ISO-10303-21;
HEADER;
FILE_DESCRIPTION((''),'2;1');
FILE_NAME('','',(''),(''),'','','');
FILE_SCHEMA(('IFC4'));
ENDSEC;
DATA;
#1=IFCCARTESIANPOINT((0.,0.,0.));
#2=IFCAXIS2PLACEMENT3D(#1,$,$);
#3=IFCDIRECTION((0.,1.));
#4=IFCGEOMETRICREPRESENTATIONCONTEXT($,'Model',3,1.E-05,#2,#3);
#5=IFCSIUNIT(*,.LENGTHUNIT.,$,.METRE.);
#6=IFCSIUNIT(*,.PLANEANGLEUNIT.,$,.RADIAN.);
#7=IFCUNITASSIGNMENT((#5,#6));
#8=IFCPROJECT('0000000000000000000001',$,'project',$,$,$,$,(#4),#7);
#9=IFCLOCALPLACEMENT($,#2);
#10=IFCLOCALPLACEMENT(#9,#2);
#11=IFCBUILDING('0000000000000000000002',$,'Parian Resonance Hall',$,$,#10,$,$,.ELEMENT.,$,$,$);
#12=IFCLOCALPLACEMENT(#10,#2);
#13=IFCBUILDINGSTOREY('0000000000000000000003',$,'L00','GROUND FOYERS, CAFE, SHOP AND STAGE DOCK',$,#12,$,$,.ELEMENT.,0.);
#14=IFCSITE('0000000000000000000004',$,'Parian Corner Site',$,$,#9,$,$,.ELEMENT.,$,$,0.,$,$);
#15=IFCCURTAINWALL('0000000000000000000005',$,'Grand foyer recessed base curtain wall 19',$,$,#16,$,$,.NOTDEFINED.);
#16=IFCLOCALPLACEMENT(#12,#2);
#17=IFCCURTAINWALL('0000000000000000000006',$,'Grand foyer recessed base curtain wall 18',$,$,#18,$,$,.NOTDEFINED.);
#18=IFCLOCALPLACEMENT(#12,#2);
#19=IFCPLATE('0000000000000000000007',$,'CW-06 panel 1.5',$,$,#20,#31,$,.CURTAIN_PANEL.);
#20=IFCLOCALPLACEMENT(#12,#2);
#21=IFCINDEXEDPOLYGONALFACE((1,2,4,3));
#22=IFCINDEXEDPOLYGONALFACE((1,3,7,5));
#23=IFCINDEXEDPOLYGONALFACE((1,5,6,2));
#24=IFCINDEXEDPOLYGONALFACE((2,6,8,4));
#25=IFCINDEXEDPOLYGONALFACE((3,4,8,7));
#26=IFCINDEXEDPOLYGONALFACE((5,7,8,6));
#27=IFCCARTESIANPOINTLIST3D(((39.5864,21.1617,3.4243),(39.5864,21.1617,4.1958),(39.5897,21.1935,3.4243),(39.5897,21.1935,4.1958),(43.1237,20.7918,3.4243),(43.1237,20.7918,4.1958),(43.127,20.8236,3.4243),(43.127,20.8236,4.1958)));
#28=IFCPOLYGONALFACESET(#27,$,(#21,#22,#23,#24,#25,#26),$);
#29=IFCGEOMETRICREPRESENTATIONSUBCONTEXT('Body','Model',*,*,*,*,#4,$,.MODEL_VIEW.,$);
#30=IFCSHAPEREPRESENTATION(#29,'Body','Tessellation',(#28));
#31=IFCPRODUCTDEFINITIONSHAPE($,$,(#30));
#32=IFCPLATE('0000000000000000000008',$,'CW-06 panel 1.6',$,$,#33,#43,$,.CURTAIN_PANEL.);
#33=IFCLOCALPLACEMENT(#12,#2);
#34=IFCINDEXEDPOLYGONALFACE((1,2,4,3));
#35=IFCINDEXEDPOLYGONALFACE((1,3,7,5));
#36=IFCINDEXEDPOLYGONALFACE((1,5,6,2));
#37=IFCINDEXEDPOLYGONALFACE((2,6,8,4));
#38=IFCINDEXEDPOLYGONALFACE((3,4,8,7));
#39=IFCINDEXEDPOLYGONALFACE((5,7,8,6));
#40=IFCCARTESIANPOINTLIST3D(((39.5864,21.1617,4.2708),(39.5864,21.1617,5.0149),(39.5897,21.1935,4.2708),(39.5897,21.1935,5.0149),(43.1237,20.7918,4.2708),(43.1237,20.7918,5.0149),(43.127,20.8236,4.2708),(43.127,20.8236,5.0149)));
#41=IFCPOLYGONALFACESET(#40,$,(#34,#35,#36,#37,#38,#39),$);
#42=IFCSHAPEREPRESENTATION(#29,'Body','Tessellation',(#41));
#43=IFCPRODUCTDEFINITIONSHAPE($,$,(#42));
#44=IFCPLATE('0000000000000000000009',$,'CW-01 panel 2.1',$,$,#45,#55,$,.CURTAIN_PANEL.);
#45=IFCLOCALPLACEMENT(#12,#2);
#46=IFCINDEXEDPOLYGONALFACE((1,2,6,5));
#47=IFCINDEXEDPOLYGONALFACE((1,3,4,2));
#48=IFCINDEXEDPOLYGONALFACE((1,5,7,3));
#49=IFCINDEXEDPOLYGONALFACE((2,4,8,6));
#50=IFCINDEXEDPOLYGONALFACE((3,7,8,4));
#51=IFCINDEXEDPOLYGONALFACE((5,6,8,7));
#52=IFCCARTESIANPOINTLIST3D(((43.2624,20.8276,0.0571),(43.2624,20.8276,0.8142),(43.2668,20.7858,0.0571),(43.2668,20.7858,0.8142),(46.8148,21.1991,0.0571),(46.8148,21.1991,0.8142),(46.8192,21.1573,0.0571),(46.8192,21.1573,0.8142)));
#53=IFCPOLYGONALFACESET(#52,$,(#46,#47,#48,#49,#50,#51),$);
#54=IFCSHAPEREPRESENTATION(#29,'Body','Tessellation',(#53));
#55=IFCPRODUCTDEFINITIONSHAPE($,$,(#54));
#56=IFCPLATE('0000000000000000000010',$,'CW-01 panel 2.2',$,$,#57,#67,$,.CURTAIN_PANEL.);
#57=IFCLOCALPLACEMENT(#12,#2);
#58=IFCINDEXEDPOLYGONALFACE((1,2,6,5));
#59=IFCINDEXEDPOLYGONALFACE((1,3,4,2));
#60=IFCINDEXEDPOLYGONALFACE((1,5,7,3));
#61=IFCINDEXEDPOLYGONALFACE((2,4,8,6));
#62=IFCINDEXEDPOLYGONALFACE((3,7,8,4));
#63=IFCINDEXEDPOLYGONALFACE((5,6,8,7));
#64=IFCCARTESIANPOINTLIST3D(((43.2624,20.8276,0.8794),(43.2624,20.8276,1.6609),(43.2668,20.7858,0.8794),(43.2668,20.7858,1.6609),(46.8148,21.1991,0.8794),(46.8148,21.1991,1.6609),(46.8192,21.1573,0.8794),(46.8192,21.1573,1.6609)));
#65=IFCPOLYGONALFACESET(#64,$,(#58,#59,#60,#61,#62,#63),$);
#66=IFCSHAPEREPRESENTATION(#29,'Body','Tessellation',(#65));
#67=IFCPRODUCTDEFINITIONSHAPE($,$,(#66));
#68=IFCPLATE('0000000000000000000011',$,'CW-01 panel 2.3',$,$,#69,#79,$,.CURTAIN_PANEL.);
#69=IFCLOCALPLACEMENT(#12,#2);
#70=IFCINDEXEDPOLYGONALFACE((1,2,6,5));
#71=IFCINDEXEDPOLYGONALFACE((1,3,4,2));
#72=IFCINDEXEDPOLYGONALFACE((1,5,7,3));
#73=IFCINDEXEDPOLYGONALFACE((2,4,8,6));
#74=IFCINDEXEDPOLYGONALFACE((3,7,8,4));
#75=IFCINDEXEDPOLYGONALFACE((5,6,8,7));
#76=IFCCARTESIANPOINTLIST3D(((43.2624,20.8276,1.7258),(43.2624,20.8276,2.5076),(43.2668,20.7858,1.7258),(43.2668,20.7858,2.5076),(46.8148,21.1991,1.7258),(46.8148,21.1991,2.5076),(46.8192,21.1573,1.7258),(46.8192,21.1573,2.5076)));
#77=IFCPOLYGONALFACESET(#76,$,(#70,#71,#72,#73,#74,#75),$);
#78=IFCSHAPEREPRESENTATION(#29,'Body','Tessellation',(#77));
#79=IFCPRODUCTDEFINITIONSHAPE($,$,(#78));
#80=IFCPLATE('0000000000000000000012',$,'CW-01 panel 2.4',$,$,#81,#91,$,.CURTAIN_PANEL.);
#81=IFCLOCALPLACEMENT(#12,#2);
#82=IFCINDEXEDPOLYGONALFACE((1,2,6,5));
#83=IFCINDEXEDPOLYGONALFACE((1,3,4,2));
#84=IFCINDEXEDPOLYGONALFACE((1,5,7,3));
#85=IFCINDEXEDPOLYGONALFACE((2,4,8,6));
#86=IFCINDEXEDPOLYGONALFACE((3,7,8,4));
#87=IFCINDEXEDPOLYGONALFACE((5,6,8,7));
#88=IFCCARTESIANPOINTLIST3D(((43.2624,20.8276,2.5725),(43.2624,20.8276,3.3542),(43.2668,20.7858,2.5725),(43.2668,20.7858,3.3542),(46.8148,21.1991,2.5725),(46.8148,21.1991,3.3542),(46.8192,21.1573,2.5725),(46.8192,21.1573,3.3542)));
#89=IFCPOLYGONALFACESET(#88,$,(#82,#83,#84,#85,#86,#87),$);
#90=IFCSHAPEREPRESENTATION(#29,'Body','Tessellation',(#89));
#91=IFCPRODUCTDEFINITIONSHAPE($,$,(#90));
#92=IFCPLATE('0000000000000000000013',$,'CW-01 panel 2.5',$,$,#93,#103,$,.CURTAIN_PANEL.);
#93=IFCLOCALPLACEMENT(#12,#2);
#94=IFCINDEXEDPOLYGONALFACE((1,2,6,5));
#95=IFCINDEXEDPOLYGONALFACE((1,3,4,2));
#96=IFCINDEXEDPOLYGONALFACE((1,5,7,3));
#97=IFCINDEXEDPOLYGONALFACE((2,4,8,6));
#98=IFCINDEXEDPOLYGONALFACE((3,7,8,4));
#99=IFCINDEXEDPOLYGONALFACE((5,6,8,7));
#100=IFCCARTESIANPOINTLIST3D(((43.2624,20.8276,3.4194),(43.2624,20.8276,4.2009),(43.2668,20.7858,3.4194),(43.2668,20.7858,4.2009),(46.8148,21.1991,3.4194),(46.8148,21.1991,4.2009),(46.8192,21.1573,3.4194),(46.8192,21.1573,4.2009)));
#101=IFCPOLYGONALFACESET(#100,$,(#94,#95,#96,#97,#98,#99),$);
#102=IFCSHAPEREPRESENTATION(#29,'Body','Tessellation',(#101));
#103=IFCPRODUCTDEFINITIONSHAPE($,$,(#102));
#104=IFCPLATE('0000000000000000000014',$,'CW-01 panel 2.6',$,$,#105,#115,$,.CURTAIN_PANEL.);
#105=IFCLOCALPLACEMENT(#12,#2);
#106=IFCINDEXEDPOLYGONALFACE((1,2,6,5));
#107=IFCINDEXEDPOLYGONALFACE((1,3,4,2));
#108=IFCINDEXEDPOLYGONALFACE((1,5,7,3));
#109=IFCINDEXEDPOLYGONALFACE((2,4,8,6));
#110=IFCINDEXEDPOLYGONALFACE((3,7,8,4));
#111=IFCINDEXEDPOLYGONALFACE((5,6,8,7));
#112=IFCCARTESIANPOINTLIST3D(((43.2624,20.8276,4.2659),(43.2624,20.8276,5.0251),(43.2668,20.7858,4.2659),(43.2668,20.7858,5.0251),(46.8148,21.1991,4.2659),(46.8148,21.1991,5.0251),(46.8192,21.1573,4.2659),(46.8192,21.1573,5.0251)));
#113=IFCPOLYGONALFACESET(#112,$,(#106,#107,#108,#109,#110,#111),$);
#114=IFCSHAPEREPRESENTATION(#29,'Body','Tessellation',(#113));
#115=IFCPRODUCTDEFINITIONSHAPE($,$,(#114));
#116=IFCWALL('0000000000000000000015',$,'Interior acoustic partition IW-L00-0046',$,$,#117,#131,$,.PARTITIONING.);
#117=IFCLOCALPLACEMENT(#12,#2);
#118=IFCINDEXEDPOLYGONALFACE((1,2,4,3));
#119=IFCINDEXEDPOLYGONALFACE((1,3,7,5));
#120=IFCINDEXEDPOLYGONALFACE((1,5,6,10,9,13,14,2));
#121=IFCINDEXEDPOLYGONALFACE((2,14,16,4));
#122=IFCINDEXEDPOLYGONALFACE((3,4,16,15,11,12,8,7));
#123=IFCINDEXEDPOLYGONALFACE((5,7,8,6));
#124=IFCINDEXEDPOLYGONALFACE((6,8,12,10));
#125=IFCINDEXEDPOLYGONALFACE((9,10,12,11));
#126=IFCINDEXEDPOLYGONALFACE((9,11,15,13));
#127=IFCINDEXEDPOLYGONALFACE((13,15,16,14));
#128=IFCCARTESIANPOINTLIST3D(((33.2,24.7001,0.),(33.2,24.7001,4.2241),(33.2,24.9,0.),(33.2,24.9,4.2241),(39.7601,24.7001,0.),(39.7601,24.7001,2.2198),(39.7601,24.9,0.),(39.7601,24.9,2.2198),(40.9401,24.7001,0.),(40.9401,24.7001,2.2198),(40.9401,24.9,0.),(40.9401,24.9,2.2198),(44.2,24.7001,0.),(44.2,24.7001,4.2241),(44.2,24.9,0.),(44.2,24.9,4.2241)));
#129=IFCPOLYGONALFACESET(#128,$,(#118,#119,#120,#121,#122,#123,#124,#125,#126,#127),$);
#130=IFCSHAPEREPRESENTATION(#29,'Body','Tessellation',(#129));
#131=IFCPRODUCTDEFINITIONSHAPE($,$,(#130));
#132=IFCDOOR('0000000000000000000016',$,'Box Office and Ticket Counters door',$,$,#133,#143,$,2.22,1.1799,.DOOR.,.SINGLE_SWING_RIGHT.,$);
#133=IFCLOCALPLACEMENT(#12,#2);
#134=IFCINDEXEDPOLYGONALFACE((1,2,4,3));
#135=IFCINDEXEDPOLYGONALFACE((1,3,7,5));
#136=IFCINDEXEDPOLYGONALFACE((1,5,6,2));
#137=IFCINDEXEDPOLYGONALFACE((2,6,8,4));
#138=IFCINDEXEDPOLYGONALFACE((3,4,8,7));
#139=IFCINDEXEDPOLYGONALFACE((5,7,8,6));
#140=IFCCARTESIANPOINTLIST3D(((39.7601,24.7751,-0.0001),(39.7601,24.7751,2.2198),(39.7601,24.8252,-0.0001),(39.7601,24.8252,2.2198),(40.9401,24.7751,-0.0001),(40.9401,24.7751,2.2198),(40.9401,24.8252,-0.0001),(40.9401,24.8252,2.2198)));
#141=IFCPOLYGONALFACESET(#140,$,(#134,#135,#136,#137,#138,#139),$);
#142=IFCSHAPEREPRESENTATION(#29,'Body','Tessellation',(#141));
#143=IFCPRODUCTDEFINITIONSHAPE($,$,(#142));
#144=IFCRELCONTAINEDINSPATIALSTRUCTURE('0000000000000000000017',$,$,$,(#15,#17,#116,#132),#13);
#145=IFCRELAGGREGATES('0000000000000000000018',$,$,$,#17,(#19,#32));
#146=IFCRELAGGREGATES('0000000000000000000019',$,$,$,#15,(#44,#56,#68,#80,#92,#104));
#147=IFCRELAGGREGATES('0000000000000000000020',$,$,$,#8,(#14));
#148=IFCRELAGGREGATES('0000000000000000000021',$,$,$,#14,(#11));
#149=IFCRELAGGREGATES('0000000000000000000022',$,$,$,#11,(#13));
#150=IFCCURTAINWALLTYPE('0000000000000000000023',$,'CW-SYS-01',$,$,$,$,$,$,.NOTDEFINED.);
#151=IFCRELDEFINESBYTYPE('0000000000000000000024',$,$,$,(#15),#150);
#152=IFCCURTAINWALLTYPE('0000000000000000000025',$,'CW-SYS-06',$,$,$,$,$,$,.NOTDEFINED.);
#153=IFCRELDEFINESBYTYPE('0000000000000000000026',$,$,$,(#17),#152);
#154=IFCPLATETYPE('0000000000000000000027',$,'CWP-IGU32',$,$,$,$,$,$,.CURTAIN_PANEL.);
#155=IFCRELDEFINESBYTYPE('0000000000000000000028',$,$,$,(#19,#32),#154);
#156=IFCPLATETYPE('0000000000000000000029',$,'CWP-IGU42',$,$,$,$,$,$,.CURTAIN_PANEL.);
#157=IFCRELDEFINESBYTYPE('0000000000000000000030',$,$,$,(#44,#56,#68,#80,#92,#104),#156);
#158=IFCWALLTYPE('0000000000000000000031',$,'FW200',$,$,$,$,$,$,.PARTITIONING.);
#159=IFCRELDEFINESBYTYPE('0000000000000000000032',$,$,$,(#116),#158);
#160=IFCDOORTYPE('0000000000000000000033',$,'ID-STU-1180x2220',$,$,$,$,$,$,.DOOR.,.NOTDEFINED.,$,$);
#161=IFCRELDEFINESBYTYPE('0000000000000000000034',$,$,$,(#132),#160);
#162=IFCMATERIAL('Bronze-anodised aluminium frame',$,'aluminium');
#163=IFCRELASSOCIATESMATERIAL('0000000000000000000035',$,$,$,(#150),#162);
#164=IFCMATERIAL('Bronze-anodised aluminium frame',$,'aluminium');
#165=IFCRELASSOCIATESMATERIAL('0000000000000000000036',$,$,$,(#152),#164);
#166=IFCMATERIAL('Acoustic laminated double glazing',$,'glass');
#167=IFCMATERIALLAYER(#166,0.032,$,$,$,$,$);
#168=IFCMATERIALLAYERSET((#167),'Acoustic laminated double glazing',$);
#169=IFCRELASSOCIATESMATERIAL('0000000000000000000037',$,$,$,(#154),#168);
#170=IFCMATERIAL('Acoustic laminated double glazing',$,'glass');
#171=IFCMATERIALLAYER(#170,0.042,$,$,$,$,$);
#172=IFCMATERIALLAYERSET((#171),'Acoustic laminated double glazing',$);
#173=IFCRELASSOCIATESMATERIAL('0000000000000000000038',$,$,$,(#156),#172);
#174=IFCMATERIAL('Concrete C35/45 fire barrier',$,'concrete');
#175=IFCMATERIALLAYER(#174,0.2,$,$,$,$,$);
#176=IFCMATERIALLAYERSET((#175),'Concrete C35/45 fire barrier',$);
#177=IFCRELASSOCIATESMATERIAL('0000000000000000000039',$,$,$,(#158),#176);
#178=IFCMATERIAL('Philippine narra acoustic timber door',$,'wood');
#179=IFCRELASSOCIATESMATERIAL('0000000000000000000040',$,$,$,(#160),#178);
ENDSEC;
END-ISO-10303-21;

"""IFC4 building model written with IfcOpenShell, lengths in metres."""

from ifc_helpers import new_model, si_unit, direction, frame, frame_2d, origin, origin_2d, place, context, subcontext, project, spatial, rectangle, extrude, material, layer, layer_set, type_object, element, fill, aggregate, save


model = new_model("IFC4")

# Units and contexts
model_context = context("Model", 3, precision=1e-05, world=origin(), true_north=direction((0.0, 1.0)))
body_context = subcontext(model_context, "Body", "Model", "MODEL_VIEW")
ifc_project = project(units=[si_unit("LENGTHUNIT", "METRE"), si_unit("PLANEANGLEUNIT", "RADIAN")], contexts=[model_context])

# Site, building, storey
site_placement = place(None, origin())
site = spatial("IfcSite", under=ifc_project, at=site_placement, Name="Parian Corner Site", CompositionType="ELEMENT", RefElevation=0.0)
building_placement = place(site_placement, origin())
building = spatial("IfcBuilding", under=site, at=building_placement, Name="Parian Resonance Hall", CompositionType="ELEMENT")
storey_placement = place(building_placement, origin())
storey = spatial("IfcBuildingStorey", under=building, at=storey_placement, Name="L00", Description="GROUND FOYERS, CAFE, SHOP AND STAGE DOCK", CompositionType="ELEMENT", Elevation=0.0)

# Curtain wall
ifc_material_1 = material(Name="Bronze-anodised aluminium frame", Category="aluminium")
curtain_wall_type_1 = type_object("IfcCurtainWallType", Name="CW-SYS-01", PredefinedType="NOTDEFINED", material=ifc_material_1)
curtain_wall_1_placement = place(storey_placement, origin())
curtain_wall_1 = element("IfcCurtainWall", 1, at=curtain_wall_1_placement, inside=storey, type_object=curtain_wall_type_1, Name="Grand foyer recessed base curtain wall 19", PredefinedType="NOTDEFINED")

# Curtain wall, plates
ifc_material_2 = material(Name="Bronze-anodised aluminium frame", Category="aluminium")
curtain_wall_type_2 = type_object("IfcCurtainWallType", Name="CW-SYS-06", PredefinedType="NOTDEFINED", material=ifc_material_2)
curtain_wall_2_placement = place(storey_placement, origin())
curtain_wall_2 = element("IfcCurtainWall", 2, at=curtain_wall_2_placement, inside=storey, type_object=curtain_wall_type_2, Name="Grand foyer recessed base curtain wall 18", PredefinedType="NOTDEFINED")
ifc_material_3 = material(Name="Acoustic laminated double glazing", Category="glass")
ifc_layer_1 = layer(ifc_material_3, 0.032)
ifc_layer_set_1 = layer_set([ifc_layer_1], Name="Acoustic laminated double glazing")
plate_type_1 = type_object("IfcPlateType", Name="CWP-IGU32", PredefinedType="CURTAIN_PANEL", material=ifc_layer_set_1)
plate_1_placement = place(storey_placement, frame((41.3567, 20.9927, 3.4243), z_axis=(0.0, 0.0, 1.0), x_axis=(-0.994576, 0.104013, 0.0)))
plate_1 = element("IfcPlate", 3, at=plate_1_placement, type_object=plate_type_1, Name="CW-06 panel 1.5", PredefinedType="CURTAIN_PANEL", context=body_context, shape_type="SweptSolid", body=[
    extrude(rectangle(XDim=3.5566, YDim=0.032, at=origin_2d()), origin(), (0.0, 0.0, 1.0), 0.7715),
])
plate_2_placement = place(storey_placement, frame((41.3567, 20.9927, 4.2708), z_axis=(0.0, 0.0, 1.0), x_axis=(-0.994576, 0.104013, 0.0)))
plate_2 = element("IfcPlate", 4, at=plate_2_placement, type_object=plate_type_1, Name="CW-06 panel 1.6", PredefinedType="CURTAIN_PANEL", context=body_context, shape_type="SweptSolid", body=[
    extrude(rectangle(XDim=3.5566, YDim=0.032, at=origin_2d()), origin(), (0.0, 0.0, 1.0), 0.7441),
])
aggregate(curtain_wall_2, [plate_1, plate_2])

# Plates
ifc_material_4 = material(Name="Acoustic laminated double glazing", Category="glass")
ifc_layer_2 = layer(ifc_material_4, 0.042)
ifc_layer_set_2 = layer_set([ifc_layer_2], Name="Acoustic laminated double glazing")
plate_type_2 = type_object("IfcPlateType", Name="CWP-IGU42", PredefinedType="CURTAIN_PANEL", material=ifc_layer_set_2)
plate_3_placement = place(storey_placement, frame((45.0408, 20.9924, 0.0571), z_axis=(0.0, 0.0, 1.0), x_axis=(-0.994576, -0.104013, 0.0)))
plate_3 = element("IfcPlate", 5, at=plate_3_placement, type_object=plate_type_2, Name="CW-01 panel 2.1", PredefinedType="CURTAIN_PANEL", context=body_context, shape_type="SweptSolid", body=[
    extrude(rectangle(XDim=3.5718, YDim=0.042, at=origin_2d()), origin(), (0.0, 0.0, 1.0), 0.7571),
])
plate_4_placement = place(storey_placement, frame((45.0408, 20.9924, 0.8794), z_axis=(0.0, 0.0, 1.0), x_axis=(-0.994576, -0.104013, 0.0)))
plate_4 = element("IfcPlate", 6, at=plate_4_placement, type_object=plate_type_2, Name="CW-01 panel 2.2", PredefinedType="CURTAIN_PANEL", context=body_context, shape_type="SweptSolid", body=[
    extrude(rectangle(XDim=3.5718, YDim=0.042, at=origin_2d()), origin(), (0.0, 0.0, 1.0), 0.7815),
])
plate_5_placement = place(storey_placement, frame((45.0408, 20.9924, 1.7258), z_axis=(0.0, 0.0, 1.0), x_axis=(-0.994576, -0.104013, 0.0)))
plate_5 = element("IfcPlate", 7, at=plate_5_placement, type_object=plate_type_2, Name="CW-01 panel 2.3", PredefinedType="CURTAIN_PANEL", context=body_context, shape_type="SweptSolid", body=[
    extrude(rectangle(XDim=3.5718, YDim=0.042, at=origin_2d()), origin(), (0.0, 0.0, 1.0), 0.7817),
])
plate_6_placement = place(storey_placement, frame((45.0408, 20.9924, 2.5725), z_axis=(0.0, 0.0, 1.0), x_axis=(-0.994576, -0.104013, 0.0)))
plate_6 = element("IfcPlate", 8, at=plate_6_placement, type_object=plate_type_2, Name="CW-01 panel 2.4", PredefinedType="CURTAIN_PANEL", context=body_context, shape_type="SweptSolid", body=[
    extrude(rectangle(XDim=3.5718, YDim=0.042, at=origin_2d()), origin(), (0.0, 0.0, 1.0), 0.7817),
])
plate_7_placement = place(storey_placement, frame((45.0408, 20.9924, 3.4194), z_axis=(0.0, 0.0, 1.0), x_axis=(-0.994576, -0.104013, 0.0)))
plate_7 = element("IfcPlate", 9, at=plate_7_placement, type_object=plate_type_2, Name="CW-01 panel 2.5", PredefinedType="CURTAIN_PANEL", context=body_context, shape_type="SweptSolid", body=[
    extrude(rectangle(XDim=3.5718, YDim=0.042, at=origin_2d()), origin(), (0.0, 0.0, 1.0), 0.7815),
])
plate_8_placement = place(storey_placement, frame((45.0408, 20.9924, 4.2659), z_axis=(0.0, 0.0, 1.0), x_axis=(-0.994576, -0.104013, 0.0)))
plate_8 = element("IfcPlate", 10, at=plate_8_placement, type_object=plate_type_2, Name="CW-01 panel 2.6", PredefinedType="CURTAIN_PANEL", context=body_context, shape_type="SweptSolid", body=[
    extrude(rectangle(XDim=3.5718, YDim=0.042, at=origin_2d()), origin(), (0.0, 0.0, 1.0), 0.7593),
])
aggregate(curtain_wall_1, [plate_3, plate_4, plate_5, plate_6, plate_7, plate_8])

# Wall, opening, door
ifc_material_5 = material(Name="Concrete C35/45 fire barrier", Category="concrete")
ifc_layer_3 = layer(ifc_material_5, 0.2)
ifc_layer_set_3 = layer_set([ifc_layer_3], Name="Concrete C35/45 fire barrier")
wall_type = type_object("IfcWallType", Name="FW200", PredefinedType="PARTITIONING", material=ifc_layer_set_3)
wall_placement = place(storey_placement, frame((44.2, 24.8, 0.0), z_axis=(0.0, 0.0, 1.0), x_axis=(-1.0, 0.0, 0.0)))
wall = element("IfcWall", 11, at=wall_placement, inside=storey, type_object=wall_type, Name="Interior acoustic partition IW-L00-0046", PredefinedType="PARTITIONING", context=body_context, shape_type="SweptSolid", body=[
    extrude(rectangle(XDim=11.0, YDim=0.2, at=frame_2d((5.5, 0.0))), origin(), (0.0, 0.0, 1.0), 4.2241),
])
opening_placement = place(wall_placement, frame((3.26, 0.0, 0.0)))
opening = element("IfcOpeningElement", 12, at=opening_placement, cuts=wall, PredefinedType="OPENING", context=body_context, shape_type="SweptSolid", body=[
    extrude(rectangle(XDim=1.1799, YDim=2.22, at=frame_2d((0.5898, 1.1099))), frame((0.0, 0.1099, 0.0), z_axis=(0.0, -1.0, 0.0), x_axis=(1.0, 0.0, 0.0)), (0.0, 0.0, 1.0), 0.22),
])
ifc_material_6 = material(Name="Philippine narra acoustic timber door", Category="wood")
door_type = type_object("IfcDoorType", Name="ID-STU-1180x2220", OperationType="NOTDEFINED", PredefinedType="DOOR", material=ifc_material_6)
door_placement = place(opening_placement, origin())
door = element("IfcDoor", 13, at=door_placement, inside=storey, type_object=door_type, Name="Box Office and Ticket Counters door", OperationType="SINGLE_SWING_RIGHT", OverallHeight=2.22, OverallWidth=1.1799, PredefinedType="DOOR", context=body_context, shape_type="SweptSolid", body=[
    extrude(rectangle(XDim=1.1799, YDim=2.22, at=frame_2d((0.5898, 1.1099))), frame((0.0, 0.0249, 0.0), z_axis=(0.0, -1.0, 0.0), x_axis=(1.0, 0.0, 0.0)), (0.0, 0.0, 1.0), 0.05),
])
fill(opening, door)

save(model, "model.ifc")
